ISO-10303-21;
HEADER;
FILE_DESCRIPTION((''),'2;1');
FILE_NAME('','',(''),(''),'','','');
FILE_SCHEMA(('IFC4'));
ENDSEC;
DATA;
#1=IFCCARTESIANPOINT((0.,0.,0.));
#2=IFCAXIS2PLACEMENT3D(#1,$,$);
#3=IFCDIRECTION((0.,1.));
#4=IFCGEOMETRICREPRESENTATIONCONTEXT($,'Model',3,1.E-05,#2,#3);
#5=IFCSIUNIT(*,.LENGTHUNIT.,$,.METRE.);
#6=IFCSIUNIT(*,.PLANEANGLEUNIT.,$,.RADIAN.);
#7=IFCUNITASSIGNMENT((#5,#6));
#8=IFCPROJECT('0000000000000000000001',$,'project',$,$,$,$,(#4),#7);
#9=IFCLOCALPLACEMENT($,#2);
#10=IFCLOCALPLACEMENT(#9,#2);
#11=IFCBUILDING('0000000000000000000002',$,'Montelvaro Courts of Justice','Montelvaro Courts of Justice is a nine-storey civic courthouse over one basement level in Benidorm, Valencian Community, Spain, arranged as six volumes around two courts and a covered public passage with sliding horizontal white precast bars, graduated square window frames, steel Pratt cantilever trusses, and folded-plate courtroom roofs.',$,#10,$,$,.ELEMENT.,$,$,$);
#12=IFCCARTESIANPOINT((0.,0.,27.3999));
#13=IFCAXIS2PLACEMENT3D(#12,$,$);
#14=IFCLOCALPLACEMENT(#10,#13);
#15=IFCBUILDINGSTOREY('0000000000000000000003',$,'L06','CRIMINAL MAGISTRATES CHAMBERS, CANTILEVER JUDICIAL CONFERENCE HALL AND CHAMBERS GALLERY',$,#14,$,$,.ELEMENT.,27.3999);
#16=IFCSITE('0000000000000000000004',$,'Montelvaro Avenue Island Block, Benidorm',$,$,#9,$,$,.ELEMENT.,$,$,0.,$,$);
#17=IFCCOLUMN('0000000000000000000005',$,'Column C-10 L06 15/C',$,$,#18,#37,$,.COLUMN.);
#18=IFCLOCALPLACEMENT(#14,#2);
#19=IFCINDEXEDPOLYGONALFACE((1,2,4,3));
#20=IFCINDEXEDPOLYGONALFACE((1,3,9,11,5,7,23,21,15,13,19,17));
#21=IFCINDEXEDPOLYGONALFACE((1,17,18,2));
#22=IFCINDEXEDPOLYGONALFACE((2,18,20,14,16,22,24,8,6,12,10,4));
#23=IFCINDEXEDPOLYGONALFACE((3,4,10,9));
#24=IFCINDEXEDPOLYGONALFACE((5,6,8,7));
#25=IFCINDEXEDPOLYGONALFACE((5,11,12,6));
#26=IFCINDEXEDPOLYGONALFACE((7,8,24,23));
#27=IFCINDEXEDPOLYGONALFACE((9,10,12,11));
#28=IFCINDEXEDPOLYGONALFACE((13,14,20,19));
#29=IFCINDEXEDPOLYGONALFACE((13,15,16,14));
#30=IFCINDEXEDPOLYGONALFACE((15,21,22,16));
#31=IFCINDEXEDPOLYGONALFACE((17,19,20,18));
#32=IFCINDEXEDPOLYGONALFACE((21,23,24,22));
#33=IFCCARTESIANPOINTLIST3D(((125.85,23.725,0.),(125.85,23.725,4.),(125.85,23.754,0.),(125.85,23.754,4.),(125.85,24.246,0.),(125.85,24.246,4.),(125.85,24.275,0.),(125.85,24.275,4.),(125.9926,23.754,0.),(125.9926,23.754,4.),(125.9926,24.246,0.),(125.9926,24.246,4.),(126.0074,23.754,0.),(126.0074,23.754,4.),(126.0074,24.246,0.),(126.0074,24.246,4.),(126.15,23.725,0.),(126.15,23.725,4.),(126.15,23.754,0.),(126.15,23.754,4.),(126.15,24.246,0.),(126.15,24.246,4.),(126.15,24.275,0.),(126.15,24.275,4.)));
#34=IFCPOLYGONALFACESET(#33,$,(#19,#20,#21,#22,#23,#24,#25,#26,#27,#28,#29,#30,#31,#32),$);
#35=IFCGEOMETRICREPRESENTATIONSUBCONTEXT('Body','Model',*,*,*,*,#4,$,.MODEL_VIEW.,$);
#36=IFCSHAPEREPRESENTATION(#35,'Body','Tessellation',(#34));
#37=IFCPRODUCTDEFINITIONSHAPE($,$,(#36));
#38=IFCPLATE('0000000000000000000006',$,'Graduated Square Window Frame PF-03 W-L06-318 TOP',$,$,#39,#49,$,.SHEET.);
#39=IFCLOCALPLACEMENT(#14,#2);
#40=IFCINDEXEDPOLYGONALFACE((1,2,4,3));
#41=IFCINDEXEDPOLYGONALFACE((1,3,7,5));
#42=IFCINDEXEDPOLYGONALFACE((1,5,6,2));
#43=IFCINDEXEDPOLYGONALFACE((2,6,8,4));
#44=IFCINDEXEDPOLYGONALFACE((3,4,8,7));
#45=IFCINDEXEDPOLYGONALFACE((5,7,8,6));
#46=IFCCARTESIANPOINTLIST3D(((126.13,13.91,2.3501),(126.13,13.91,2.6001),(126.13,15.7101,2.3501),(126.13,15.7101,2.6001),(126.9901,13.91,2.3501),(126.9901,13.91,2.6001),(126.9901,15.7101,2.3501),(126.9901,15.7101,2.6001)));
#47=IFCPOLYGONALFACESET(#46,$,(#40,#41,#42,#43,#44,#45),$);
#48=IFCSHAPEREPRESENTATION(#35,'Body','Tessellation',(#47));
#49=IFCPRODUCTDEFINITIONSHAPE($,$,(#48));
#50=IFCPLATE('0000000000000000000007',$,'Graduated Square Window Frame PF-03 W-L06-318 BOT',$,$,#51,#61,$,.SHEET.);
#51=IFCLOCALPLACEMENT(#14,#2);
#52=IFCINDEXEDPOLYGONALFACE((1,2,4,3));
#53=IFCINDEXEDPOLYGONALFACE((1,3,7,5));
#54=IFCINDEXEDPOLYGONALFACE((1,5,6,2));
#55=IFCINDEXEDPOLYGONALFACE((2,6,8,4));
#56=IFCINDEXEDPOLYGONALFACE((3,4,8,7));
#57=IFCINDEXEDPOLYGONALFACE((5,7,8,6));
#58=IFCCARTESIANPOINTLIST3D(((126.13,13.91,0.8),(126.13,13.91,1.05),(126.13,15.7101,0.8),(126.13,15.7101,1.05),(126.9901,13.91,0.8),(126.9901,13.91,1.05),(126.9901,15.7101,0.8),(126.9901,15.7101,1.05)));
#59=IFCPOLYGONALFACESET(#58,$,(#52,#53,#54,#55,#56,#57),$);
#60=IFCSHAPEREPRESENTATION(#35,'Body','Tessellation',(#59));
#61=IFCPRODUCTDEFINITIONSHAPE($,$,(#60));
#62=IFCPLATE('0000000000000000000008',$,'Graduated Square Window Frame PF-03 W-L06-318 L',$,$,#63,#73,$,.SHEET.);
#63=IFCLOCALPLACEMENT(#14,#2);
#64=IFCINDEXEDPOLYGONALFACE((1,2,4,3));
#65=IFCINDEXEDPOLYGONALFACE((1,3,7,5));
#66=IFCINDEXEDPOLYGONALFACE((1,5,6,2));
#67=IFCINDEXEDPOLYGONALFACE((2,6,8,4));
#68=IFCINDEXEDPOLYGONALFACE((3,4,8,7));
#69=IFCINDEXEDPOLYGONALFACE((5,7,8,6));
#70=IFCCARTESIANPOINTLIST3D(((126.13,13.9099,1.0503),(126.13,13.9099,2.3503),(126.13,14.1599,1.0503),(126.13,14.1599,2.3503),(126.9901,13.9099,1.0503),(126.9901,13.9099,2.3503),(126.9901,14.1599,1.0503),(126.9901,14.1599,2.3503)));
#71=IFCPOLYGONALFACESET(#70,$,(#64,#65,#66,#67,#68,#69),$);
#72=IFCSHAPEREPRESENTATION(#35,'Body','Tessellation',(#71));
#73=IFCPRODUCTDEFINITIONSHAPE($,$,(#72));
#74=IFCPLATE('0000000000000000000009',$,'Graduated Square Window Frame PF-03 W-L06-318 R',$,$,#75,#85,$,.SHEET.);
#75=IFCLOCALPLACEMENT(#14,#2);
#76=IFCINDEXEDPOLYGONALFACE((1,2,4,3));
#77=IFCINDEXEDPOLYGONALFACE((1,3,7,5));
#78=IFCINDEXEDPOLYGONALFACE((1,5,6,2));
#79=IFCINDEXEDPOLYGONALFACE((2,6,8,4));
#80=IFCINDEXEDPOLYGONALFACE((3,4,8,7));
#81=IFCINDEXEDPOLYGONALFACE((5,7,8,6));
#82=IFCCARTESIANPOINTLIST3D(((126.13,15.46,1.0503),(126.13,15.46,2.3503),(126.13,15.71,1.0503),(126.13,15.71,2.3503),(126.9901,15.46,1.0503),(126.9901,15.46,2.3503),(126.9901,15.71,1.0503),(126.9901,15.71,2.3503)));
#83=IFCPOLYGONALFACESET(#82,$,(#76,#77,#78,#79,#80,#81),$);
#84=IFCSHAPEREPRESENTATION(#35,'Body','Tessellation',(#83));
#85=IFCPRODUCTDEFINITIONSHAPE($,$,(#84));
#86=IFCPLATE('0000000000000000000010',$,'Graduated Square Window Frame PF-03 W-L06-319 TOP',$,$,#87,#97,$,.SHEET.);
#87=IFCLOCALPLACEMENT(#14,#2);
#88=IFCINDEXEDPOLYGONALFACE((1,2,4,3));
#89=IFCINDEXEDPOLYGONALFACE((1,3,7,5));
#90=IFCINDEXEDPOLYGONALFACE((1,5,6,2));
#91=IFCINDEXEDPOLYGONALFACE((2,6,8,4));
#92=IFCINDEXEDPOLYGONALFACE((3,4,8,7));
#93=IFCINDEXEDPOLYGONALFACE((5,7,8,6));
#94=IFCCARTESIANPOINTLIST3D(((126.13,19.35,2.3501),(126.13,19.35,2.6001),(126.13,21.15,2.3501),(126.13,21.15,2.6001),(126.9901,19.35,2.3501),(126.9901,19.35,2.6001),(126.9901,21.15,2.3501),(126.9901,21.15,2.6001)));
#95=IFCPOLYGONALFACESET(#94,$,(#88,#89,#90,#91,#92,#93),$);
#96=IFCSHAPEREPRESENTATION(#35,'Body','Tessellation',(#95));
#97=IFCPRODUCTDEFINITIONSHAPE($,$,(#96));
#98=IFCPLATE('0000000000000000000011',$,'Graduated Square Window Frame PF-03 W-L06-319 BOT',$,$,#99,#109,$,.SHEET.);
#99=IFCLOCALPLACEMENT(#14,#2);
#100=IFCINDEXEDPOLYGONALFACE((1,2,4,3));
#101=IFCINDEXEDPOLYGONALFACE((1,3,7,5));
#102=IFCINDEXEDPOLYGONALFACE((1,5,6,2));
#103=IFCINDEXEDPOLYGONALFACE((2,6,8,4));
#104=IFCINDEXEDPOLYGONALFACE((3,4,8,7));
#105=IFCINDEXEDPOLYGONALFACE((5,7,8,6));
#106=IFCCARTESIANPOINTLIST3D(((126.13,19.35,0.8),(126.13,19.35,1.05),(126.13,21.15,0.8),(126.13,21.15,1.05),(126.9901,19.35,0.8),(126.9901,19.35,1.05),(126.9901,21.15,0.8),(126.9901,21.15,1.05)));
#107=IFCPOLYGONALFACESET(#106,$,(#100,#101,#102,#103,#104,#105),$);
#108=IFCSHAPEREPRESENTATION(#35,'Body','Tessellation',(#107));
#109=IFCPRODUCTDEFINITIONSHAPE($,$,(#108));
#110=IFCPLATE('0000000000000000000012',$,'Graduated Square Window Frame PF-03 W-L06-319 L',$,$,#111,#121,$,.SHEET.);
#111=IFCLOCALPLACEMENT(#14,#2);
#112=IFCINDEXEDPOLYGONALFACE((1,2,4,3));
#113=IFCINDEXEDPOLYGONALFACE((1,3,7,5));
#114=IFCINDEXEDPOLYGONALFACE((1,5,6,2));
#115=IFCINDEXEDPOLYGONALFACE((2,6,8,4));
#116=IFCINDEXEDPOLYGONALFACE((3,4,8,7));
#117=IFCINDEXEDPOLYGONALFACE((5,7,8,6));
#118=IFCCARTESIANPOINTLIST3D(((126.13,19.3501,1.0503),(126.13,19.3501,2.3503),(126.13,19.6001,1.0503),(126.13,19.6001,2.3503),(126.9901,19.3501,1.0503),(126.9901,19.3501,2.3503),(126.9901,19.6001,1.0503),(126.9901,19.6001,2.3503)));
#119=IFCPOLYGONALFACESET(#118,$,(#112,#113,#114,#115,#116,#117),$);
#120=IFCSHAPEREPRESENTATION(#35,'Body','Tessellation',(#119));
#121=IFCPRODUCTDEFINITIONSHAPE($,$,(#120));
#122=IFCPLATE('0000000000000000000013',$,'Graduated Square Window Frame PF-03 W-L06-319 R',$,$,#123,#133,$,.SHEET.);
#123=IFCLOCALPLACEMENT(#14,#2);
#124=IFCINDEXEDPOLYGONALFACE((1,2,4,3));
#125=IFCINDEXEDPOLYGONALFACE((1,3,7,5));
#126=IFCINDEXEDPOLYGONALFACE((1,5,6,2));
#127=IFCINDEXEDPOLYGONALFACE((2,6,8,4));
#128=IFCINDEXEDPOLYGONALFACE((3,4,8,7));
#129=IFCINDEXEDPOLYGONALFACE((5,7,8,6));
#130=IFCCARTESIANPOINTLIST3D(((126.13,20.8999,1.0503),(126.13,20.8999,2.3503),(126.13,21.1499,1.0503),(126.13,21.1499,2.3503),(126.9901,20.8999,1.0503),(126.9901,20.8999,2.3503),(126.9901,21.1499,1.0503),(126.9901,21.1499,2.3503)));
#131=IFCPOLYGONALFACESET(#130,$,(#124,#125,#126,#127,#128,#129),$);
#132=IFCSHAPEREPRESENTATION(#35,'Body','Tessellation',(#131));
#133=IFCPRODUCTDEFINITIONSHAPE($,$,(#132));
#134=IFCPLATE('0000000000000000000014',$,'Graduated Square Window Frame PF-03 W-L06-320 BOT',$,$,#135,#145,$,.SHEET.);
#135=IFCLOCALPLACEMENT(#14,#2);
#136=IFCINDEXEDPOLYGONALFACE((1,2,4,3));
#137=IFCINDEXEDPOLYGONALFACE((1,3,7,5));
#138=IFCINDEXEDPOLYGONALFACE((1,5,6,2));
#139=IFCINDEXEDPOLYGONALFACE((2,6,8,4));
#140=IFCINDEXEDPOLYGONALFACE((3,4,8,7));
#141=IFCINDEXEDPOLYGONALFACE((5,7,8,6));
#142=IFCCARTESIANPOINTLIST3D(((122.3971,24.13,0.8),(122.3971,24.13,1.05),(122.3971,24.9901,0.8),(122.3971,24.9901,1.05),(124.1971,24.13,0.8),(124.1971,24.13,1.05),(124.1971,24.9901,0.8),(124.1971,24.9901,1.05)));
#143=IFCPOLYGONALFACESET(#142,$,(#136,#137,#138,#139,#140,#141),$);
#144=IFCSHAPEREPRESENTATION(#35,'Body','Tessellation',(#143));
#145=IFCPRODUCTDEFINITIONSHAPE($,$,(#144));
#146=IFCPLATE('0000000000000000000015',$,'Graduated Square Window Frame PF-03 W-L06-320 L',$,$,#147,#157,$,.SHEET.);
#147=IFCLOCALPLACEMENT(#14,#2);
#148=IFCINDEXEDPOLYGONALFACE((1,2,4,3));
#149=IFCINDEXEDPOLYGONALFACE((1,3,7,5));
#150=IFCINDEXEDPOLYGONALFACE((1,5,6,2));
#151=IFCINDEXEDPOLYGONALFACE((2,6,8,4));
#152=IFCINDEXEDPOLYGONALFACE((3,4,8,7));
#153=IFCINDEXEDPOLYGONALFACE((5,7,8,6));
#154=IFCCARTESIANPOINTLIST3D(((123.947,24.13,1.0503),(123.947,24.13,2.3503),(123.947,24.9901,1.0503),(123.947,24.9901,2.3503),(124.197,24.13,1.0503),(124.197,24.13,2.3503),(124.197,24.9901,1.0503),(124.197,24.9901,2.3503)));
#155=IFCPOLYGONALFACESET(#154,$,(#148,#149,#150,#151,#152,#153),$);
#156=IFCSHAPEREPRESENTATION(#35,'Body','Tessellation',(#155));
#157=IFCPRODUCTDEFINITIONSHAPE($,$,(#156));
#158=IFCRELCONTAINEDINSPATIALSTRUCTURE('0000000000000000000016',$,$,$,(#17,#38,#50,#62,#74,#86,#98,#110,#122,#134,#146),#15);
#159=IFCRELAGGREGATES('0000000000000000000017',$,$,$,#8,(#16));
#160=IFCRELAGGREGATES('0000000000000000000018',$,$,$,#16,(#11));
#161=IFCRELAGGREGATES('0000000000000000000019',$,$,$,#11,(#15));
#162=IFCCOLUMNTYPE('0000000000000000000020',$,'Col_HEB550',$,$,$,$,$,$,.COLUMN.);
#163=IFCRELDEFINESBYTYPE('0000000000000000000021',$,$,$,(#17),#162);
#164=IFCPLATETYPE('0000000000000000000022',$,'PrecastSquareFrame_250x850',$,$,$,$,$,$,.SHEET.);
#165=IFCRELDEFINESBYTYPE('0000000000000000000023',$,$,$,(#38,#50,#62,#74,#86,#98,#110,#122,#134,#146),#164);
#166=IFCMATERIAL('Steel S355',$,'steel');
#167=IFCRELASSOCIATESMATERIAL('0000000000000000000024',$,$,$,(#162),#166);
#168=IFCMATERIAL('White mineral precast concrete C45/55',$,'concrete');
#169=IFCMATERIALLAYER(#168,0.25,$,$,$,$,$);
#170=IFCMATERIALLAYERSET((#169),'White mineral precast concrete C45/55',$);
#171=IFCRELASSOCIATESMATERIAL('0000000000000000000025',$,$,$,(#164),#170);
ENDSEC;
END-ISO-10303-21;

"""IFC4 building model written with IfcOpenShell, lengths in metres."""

from ifc_helpers import new_model, si_unit, direction, frame, origin, origin_2d, place, context, subcontext, project, spatial, rectangle, i_section, extrude, material, layer, layer_set, material_profile, profile_set, type_object, element, save


model = new_model("IFC4")

# Units and contexts
model_context = context("Model", 3, precision=1e-05, world=origin(), true_north=direction((0.0, 1.0)))
body_context = subcontext(model_context, "Body", "Model", "MODEL_VIEW")
ifc_project = project(units=[si_unit("LENGTHUNIT", "METRE"), si_unit("PLANEANGLEUNIT", "RADIAN")], contexts=[model_context])

# Site, building, storey
site_placement = place(None, origin())
site = spatial("IfcSite", under=ifc_project, at=site_placement, Name="Montelvaro Avenue Island Block, Benidorm", CompositionType="ELEMENT", RefElevation=0.0)
building_placement = place(site_placement, origin())
building = spatial("IfcBuilding", under=site, at=building_placement, Name="Montelvaro Courts of Justice", Description="Montelvaro Courts of Justice is a nine-storey civic courthouse over one basement level in Benidorm, Valencian Community, Spain, arranged as six volumes around two courts and a covered public passage with sliding horizontal white precast bars, graduated square window frames, steel Pratt cantilever trusses, and folded-plate courtroom roofs.", CompositionType="ELEMENT")
storey_placement = place(building_placement, frame((0.0, 0.0, 27.3999)))
storey = spatial("IfcBuildingStorey", under=building, at=storey_placement, Name="L06", Description="CRIMINAL MAGISTRATES CHAMBERS, CANTILEVER JUDICIAL CONFERENCE HALL AND CHAMBERS GALLERY", CompositionType="ELEMENT", Elevation=27.3999)

# Column
ifc_material_1 = material(Name="Steel S355", Category="steel")
ifc_material_profile = material_profile(ifc_material_1, i_section(OverallWidth=0.3, OverallDepth=0.55, WebThickness=0.0149, FlangeThickness=0.0291, at=origin_2d()), Name="HEB 550")
ifc_profile_set = profile_set([ifc_material_profile], Name="Steel S355")
column_type = type_object("IfcColumnType", Name="Col_HEB550", PredefinedType="COLUMN", material=ifc_profile_set)
column_placement = place(storey_placement, frame((126.0, 24.0, 0.0), z_axis=(0.0, 0.0, 1.0), x_axis=(1.0, 0.0, 0.0)))
element("IfcColumn", 1, at=column_placement, inside=storey, type_object=column_type, Name="Column C-10 L06 15/C", PredefinedType="COLUMN", context=body_context, shape_type="SweptSolid", body=[
    extrude(i_section(OverallWidth=0.3, OverallDepth=0.55, WebThickness=0.0149, FlangeThickness=0.0291, at=origin_2d()), origin(), (0.0, 0.0, 1.0), 4.0),
])

# Plates
ifc_material_2 = material(Name="White mineral precast concrete C45/55", Category="concrete")
ifc_layer_1 = layer(ifc_material_2, 0.25)
ifc_layer_set_1 = layer_set([ifc_layer_1], Name="White mineral precast concrete C45/55")
plate_type = type_object("IfcPlateType", Name="PrecastSquareFrame_250x850", PredefinedType="SHEET", material=ifc_layer_set_1)
for number, where, z_axis, x_axis, name in (
    (2, (126.5601, 14.8101, 2.3501), (0.0, 0.0, 1.0), (0.0, 1.0, 0.0), "Graduated Square Window Frame PF-03 W-L06-318 TOP"),
    (3, (126.5601, 14.8101, 0.8), (0.0, 0.0, 1.0), (0.0, 1.0, 0.0), "Graduated Square Window Frame PF-03 W-L06-318 BOT"),
):
    element("IfcPlate", number, at=place(storey_placement, frame(where, z_axis=z_axis, x_axis=x_axis)), inside=storey, type_object=plate_type, Name=name, PredefinedType="SHEET", context=body_context, shape_type="SweptSolid", body=[
        extrude(rectangle(XDim=1.8, YDim=0.8601, at=origin_2d()), origin(), (0.0, 0.0, 1.0), 0.25),
    ])
for number, where, z_axis, x_axis, name in (
    (4, (126.5601, 14.0349, 1.0503), (0.0, 0.0, 1.0), (0.0, 1.0, 0.0), "Graduated Square Window Frame PF-03 W-L06-318 L"),
    (5, (126.5601, 15.585, 1.0503), (0.0, 0.0, 1.0), (0.0, 1.0, 0.0), "Graduated Square Window Frame PF-03 W-L06-318 R"),
):
    element("IfcPlate", number, at=place(storey_placement, frame(where, z_axis=z_axis, x_axis=x_axis)), inside=storey, type_object=plate_type, Name=name, PredefinedType="SHEET", context=body_context, shape_type="SweptSolid", body=[
        extrude(rectangle(XDim=0.25, YDim=0.8601, at=origin_2d()), origin(), (0.0, 0.0, 1.0), 1.3),
    ])
for number, where, z_axis, x_axis, name in (
    (6, (126.5601, 20.25, 2.3501), (0.0, 0.0, 1.0), (0.0, 1.0, 0.0), "Graduated Square Window Frame PF-03 W-L06-319 TOP"),
    (7, (126.5601, 20.25, 0.8), (0.0, 0.0, 1.0), (0.0, 1.0, 0.0), "Graduated Square Window Frame PF-03 W-L06-319 BOT"),
):
    element("IfcPlate", number, at=place(storey_placement, frame(where, z_axis=z_axis, x_axis=x_axis)), inside=storey, type_object=plate_type, Name=name, PredefinedType="SHEET", context=body_context, shape_type="SweptSolid", body=[
        extrude(rectangle(XDim=1.8, YDim=0.8601, at=origin_2d()), origin(), (0.0, 0.0, 1.0), 0.25),
    ])
for number, where, z_axis, x_axis, name in (
    (8, (126.5601, 19.4751, 1.0503), (0.0, 0.0, 1.0), (0.0, 1.0, 0.0), "Graduated Square Window Frame PF-03 W-L06-319 L"),
    (9, (126.5601, 21.0249, 1.0503), (0.0, 0.0, 1.0), (0.0, 1.0, 0.0), "Graduated Square Window Frame PF-03 W-L06-319 R"),
):
    element("IfcPlate", number, at=place(storey_placement, frame(where, z_axis=z_axis, x_axis=x_axis)), inside=storey, type_object=plate_type, Name=name, PredefinedType="SHEET", context=body_context, shape_type="SweptSolid", body=[
        extrude(rectangle(XDim=0.25, YDim=0.8601, at=origin_2d()), origin(), (0.0, 0.0, 1.0), 1.3),
    ])
plate_1_placement = place(storey_placement, frame((123.2971, 24.5601, 0.8), z_axis=(0.0, 0.0, 1.0), x_axis=(-1.0, 0.0, 0.0)))
element("IfcPlate", 10, at=plate_1_placement, inside=storey, type_object=plate_type, Name="Graduated Square Window Frame PF-03 W-L06-320 BOT", PredefinedType="SHEET", context=body_context, shape_type="SweptSolid", body=[
    extrude(rectangle(XDim=1.8, YDim=0.8601, at=origin_2d()), origin(), (0.0, 0.0, 1.0), 0.25),
])
plate_2_placement = place(storey_placement, frame((124.072, 24.5601, 1.0503), z_axis=(0.0, 0.0, 1.0), x_axis=(-1.0, 0.0, 0.0)))
element("IfcPlate", 11, at=plate_2_placement, inside=storey, type_object=plate_type, Name="Graduated Square Window Frame PF-03 W-L06-320 L", PredefinedType="SHEET", context=body_context, shape_type="SweptSolid", body=[
    extrude(rectangle(XDim=0.25, YDim=0.8601, at=origin_2d()), origin(), (0.0, 0.0, 1.0), 1.3),
])

save(model, "model.ifc")
